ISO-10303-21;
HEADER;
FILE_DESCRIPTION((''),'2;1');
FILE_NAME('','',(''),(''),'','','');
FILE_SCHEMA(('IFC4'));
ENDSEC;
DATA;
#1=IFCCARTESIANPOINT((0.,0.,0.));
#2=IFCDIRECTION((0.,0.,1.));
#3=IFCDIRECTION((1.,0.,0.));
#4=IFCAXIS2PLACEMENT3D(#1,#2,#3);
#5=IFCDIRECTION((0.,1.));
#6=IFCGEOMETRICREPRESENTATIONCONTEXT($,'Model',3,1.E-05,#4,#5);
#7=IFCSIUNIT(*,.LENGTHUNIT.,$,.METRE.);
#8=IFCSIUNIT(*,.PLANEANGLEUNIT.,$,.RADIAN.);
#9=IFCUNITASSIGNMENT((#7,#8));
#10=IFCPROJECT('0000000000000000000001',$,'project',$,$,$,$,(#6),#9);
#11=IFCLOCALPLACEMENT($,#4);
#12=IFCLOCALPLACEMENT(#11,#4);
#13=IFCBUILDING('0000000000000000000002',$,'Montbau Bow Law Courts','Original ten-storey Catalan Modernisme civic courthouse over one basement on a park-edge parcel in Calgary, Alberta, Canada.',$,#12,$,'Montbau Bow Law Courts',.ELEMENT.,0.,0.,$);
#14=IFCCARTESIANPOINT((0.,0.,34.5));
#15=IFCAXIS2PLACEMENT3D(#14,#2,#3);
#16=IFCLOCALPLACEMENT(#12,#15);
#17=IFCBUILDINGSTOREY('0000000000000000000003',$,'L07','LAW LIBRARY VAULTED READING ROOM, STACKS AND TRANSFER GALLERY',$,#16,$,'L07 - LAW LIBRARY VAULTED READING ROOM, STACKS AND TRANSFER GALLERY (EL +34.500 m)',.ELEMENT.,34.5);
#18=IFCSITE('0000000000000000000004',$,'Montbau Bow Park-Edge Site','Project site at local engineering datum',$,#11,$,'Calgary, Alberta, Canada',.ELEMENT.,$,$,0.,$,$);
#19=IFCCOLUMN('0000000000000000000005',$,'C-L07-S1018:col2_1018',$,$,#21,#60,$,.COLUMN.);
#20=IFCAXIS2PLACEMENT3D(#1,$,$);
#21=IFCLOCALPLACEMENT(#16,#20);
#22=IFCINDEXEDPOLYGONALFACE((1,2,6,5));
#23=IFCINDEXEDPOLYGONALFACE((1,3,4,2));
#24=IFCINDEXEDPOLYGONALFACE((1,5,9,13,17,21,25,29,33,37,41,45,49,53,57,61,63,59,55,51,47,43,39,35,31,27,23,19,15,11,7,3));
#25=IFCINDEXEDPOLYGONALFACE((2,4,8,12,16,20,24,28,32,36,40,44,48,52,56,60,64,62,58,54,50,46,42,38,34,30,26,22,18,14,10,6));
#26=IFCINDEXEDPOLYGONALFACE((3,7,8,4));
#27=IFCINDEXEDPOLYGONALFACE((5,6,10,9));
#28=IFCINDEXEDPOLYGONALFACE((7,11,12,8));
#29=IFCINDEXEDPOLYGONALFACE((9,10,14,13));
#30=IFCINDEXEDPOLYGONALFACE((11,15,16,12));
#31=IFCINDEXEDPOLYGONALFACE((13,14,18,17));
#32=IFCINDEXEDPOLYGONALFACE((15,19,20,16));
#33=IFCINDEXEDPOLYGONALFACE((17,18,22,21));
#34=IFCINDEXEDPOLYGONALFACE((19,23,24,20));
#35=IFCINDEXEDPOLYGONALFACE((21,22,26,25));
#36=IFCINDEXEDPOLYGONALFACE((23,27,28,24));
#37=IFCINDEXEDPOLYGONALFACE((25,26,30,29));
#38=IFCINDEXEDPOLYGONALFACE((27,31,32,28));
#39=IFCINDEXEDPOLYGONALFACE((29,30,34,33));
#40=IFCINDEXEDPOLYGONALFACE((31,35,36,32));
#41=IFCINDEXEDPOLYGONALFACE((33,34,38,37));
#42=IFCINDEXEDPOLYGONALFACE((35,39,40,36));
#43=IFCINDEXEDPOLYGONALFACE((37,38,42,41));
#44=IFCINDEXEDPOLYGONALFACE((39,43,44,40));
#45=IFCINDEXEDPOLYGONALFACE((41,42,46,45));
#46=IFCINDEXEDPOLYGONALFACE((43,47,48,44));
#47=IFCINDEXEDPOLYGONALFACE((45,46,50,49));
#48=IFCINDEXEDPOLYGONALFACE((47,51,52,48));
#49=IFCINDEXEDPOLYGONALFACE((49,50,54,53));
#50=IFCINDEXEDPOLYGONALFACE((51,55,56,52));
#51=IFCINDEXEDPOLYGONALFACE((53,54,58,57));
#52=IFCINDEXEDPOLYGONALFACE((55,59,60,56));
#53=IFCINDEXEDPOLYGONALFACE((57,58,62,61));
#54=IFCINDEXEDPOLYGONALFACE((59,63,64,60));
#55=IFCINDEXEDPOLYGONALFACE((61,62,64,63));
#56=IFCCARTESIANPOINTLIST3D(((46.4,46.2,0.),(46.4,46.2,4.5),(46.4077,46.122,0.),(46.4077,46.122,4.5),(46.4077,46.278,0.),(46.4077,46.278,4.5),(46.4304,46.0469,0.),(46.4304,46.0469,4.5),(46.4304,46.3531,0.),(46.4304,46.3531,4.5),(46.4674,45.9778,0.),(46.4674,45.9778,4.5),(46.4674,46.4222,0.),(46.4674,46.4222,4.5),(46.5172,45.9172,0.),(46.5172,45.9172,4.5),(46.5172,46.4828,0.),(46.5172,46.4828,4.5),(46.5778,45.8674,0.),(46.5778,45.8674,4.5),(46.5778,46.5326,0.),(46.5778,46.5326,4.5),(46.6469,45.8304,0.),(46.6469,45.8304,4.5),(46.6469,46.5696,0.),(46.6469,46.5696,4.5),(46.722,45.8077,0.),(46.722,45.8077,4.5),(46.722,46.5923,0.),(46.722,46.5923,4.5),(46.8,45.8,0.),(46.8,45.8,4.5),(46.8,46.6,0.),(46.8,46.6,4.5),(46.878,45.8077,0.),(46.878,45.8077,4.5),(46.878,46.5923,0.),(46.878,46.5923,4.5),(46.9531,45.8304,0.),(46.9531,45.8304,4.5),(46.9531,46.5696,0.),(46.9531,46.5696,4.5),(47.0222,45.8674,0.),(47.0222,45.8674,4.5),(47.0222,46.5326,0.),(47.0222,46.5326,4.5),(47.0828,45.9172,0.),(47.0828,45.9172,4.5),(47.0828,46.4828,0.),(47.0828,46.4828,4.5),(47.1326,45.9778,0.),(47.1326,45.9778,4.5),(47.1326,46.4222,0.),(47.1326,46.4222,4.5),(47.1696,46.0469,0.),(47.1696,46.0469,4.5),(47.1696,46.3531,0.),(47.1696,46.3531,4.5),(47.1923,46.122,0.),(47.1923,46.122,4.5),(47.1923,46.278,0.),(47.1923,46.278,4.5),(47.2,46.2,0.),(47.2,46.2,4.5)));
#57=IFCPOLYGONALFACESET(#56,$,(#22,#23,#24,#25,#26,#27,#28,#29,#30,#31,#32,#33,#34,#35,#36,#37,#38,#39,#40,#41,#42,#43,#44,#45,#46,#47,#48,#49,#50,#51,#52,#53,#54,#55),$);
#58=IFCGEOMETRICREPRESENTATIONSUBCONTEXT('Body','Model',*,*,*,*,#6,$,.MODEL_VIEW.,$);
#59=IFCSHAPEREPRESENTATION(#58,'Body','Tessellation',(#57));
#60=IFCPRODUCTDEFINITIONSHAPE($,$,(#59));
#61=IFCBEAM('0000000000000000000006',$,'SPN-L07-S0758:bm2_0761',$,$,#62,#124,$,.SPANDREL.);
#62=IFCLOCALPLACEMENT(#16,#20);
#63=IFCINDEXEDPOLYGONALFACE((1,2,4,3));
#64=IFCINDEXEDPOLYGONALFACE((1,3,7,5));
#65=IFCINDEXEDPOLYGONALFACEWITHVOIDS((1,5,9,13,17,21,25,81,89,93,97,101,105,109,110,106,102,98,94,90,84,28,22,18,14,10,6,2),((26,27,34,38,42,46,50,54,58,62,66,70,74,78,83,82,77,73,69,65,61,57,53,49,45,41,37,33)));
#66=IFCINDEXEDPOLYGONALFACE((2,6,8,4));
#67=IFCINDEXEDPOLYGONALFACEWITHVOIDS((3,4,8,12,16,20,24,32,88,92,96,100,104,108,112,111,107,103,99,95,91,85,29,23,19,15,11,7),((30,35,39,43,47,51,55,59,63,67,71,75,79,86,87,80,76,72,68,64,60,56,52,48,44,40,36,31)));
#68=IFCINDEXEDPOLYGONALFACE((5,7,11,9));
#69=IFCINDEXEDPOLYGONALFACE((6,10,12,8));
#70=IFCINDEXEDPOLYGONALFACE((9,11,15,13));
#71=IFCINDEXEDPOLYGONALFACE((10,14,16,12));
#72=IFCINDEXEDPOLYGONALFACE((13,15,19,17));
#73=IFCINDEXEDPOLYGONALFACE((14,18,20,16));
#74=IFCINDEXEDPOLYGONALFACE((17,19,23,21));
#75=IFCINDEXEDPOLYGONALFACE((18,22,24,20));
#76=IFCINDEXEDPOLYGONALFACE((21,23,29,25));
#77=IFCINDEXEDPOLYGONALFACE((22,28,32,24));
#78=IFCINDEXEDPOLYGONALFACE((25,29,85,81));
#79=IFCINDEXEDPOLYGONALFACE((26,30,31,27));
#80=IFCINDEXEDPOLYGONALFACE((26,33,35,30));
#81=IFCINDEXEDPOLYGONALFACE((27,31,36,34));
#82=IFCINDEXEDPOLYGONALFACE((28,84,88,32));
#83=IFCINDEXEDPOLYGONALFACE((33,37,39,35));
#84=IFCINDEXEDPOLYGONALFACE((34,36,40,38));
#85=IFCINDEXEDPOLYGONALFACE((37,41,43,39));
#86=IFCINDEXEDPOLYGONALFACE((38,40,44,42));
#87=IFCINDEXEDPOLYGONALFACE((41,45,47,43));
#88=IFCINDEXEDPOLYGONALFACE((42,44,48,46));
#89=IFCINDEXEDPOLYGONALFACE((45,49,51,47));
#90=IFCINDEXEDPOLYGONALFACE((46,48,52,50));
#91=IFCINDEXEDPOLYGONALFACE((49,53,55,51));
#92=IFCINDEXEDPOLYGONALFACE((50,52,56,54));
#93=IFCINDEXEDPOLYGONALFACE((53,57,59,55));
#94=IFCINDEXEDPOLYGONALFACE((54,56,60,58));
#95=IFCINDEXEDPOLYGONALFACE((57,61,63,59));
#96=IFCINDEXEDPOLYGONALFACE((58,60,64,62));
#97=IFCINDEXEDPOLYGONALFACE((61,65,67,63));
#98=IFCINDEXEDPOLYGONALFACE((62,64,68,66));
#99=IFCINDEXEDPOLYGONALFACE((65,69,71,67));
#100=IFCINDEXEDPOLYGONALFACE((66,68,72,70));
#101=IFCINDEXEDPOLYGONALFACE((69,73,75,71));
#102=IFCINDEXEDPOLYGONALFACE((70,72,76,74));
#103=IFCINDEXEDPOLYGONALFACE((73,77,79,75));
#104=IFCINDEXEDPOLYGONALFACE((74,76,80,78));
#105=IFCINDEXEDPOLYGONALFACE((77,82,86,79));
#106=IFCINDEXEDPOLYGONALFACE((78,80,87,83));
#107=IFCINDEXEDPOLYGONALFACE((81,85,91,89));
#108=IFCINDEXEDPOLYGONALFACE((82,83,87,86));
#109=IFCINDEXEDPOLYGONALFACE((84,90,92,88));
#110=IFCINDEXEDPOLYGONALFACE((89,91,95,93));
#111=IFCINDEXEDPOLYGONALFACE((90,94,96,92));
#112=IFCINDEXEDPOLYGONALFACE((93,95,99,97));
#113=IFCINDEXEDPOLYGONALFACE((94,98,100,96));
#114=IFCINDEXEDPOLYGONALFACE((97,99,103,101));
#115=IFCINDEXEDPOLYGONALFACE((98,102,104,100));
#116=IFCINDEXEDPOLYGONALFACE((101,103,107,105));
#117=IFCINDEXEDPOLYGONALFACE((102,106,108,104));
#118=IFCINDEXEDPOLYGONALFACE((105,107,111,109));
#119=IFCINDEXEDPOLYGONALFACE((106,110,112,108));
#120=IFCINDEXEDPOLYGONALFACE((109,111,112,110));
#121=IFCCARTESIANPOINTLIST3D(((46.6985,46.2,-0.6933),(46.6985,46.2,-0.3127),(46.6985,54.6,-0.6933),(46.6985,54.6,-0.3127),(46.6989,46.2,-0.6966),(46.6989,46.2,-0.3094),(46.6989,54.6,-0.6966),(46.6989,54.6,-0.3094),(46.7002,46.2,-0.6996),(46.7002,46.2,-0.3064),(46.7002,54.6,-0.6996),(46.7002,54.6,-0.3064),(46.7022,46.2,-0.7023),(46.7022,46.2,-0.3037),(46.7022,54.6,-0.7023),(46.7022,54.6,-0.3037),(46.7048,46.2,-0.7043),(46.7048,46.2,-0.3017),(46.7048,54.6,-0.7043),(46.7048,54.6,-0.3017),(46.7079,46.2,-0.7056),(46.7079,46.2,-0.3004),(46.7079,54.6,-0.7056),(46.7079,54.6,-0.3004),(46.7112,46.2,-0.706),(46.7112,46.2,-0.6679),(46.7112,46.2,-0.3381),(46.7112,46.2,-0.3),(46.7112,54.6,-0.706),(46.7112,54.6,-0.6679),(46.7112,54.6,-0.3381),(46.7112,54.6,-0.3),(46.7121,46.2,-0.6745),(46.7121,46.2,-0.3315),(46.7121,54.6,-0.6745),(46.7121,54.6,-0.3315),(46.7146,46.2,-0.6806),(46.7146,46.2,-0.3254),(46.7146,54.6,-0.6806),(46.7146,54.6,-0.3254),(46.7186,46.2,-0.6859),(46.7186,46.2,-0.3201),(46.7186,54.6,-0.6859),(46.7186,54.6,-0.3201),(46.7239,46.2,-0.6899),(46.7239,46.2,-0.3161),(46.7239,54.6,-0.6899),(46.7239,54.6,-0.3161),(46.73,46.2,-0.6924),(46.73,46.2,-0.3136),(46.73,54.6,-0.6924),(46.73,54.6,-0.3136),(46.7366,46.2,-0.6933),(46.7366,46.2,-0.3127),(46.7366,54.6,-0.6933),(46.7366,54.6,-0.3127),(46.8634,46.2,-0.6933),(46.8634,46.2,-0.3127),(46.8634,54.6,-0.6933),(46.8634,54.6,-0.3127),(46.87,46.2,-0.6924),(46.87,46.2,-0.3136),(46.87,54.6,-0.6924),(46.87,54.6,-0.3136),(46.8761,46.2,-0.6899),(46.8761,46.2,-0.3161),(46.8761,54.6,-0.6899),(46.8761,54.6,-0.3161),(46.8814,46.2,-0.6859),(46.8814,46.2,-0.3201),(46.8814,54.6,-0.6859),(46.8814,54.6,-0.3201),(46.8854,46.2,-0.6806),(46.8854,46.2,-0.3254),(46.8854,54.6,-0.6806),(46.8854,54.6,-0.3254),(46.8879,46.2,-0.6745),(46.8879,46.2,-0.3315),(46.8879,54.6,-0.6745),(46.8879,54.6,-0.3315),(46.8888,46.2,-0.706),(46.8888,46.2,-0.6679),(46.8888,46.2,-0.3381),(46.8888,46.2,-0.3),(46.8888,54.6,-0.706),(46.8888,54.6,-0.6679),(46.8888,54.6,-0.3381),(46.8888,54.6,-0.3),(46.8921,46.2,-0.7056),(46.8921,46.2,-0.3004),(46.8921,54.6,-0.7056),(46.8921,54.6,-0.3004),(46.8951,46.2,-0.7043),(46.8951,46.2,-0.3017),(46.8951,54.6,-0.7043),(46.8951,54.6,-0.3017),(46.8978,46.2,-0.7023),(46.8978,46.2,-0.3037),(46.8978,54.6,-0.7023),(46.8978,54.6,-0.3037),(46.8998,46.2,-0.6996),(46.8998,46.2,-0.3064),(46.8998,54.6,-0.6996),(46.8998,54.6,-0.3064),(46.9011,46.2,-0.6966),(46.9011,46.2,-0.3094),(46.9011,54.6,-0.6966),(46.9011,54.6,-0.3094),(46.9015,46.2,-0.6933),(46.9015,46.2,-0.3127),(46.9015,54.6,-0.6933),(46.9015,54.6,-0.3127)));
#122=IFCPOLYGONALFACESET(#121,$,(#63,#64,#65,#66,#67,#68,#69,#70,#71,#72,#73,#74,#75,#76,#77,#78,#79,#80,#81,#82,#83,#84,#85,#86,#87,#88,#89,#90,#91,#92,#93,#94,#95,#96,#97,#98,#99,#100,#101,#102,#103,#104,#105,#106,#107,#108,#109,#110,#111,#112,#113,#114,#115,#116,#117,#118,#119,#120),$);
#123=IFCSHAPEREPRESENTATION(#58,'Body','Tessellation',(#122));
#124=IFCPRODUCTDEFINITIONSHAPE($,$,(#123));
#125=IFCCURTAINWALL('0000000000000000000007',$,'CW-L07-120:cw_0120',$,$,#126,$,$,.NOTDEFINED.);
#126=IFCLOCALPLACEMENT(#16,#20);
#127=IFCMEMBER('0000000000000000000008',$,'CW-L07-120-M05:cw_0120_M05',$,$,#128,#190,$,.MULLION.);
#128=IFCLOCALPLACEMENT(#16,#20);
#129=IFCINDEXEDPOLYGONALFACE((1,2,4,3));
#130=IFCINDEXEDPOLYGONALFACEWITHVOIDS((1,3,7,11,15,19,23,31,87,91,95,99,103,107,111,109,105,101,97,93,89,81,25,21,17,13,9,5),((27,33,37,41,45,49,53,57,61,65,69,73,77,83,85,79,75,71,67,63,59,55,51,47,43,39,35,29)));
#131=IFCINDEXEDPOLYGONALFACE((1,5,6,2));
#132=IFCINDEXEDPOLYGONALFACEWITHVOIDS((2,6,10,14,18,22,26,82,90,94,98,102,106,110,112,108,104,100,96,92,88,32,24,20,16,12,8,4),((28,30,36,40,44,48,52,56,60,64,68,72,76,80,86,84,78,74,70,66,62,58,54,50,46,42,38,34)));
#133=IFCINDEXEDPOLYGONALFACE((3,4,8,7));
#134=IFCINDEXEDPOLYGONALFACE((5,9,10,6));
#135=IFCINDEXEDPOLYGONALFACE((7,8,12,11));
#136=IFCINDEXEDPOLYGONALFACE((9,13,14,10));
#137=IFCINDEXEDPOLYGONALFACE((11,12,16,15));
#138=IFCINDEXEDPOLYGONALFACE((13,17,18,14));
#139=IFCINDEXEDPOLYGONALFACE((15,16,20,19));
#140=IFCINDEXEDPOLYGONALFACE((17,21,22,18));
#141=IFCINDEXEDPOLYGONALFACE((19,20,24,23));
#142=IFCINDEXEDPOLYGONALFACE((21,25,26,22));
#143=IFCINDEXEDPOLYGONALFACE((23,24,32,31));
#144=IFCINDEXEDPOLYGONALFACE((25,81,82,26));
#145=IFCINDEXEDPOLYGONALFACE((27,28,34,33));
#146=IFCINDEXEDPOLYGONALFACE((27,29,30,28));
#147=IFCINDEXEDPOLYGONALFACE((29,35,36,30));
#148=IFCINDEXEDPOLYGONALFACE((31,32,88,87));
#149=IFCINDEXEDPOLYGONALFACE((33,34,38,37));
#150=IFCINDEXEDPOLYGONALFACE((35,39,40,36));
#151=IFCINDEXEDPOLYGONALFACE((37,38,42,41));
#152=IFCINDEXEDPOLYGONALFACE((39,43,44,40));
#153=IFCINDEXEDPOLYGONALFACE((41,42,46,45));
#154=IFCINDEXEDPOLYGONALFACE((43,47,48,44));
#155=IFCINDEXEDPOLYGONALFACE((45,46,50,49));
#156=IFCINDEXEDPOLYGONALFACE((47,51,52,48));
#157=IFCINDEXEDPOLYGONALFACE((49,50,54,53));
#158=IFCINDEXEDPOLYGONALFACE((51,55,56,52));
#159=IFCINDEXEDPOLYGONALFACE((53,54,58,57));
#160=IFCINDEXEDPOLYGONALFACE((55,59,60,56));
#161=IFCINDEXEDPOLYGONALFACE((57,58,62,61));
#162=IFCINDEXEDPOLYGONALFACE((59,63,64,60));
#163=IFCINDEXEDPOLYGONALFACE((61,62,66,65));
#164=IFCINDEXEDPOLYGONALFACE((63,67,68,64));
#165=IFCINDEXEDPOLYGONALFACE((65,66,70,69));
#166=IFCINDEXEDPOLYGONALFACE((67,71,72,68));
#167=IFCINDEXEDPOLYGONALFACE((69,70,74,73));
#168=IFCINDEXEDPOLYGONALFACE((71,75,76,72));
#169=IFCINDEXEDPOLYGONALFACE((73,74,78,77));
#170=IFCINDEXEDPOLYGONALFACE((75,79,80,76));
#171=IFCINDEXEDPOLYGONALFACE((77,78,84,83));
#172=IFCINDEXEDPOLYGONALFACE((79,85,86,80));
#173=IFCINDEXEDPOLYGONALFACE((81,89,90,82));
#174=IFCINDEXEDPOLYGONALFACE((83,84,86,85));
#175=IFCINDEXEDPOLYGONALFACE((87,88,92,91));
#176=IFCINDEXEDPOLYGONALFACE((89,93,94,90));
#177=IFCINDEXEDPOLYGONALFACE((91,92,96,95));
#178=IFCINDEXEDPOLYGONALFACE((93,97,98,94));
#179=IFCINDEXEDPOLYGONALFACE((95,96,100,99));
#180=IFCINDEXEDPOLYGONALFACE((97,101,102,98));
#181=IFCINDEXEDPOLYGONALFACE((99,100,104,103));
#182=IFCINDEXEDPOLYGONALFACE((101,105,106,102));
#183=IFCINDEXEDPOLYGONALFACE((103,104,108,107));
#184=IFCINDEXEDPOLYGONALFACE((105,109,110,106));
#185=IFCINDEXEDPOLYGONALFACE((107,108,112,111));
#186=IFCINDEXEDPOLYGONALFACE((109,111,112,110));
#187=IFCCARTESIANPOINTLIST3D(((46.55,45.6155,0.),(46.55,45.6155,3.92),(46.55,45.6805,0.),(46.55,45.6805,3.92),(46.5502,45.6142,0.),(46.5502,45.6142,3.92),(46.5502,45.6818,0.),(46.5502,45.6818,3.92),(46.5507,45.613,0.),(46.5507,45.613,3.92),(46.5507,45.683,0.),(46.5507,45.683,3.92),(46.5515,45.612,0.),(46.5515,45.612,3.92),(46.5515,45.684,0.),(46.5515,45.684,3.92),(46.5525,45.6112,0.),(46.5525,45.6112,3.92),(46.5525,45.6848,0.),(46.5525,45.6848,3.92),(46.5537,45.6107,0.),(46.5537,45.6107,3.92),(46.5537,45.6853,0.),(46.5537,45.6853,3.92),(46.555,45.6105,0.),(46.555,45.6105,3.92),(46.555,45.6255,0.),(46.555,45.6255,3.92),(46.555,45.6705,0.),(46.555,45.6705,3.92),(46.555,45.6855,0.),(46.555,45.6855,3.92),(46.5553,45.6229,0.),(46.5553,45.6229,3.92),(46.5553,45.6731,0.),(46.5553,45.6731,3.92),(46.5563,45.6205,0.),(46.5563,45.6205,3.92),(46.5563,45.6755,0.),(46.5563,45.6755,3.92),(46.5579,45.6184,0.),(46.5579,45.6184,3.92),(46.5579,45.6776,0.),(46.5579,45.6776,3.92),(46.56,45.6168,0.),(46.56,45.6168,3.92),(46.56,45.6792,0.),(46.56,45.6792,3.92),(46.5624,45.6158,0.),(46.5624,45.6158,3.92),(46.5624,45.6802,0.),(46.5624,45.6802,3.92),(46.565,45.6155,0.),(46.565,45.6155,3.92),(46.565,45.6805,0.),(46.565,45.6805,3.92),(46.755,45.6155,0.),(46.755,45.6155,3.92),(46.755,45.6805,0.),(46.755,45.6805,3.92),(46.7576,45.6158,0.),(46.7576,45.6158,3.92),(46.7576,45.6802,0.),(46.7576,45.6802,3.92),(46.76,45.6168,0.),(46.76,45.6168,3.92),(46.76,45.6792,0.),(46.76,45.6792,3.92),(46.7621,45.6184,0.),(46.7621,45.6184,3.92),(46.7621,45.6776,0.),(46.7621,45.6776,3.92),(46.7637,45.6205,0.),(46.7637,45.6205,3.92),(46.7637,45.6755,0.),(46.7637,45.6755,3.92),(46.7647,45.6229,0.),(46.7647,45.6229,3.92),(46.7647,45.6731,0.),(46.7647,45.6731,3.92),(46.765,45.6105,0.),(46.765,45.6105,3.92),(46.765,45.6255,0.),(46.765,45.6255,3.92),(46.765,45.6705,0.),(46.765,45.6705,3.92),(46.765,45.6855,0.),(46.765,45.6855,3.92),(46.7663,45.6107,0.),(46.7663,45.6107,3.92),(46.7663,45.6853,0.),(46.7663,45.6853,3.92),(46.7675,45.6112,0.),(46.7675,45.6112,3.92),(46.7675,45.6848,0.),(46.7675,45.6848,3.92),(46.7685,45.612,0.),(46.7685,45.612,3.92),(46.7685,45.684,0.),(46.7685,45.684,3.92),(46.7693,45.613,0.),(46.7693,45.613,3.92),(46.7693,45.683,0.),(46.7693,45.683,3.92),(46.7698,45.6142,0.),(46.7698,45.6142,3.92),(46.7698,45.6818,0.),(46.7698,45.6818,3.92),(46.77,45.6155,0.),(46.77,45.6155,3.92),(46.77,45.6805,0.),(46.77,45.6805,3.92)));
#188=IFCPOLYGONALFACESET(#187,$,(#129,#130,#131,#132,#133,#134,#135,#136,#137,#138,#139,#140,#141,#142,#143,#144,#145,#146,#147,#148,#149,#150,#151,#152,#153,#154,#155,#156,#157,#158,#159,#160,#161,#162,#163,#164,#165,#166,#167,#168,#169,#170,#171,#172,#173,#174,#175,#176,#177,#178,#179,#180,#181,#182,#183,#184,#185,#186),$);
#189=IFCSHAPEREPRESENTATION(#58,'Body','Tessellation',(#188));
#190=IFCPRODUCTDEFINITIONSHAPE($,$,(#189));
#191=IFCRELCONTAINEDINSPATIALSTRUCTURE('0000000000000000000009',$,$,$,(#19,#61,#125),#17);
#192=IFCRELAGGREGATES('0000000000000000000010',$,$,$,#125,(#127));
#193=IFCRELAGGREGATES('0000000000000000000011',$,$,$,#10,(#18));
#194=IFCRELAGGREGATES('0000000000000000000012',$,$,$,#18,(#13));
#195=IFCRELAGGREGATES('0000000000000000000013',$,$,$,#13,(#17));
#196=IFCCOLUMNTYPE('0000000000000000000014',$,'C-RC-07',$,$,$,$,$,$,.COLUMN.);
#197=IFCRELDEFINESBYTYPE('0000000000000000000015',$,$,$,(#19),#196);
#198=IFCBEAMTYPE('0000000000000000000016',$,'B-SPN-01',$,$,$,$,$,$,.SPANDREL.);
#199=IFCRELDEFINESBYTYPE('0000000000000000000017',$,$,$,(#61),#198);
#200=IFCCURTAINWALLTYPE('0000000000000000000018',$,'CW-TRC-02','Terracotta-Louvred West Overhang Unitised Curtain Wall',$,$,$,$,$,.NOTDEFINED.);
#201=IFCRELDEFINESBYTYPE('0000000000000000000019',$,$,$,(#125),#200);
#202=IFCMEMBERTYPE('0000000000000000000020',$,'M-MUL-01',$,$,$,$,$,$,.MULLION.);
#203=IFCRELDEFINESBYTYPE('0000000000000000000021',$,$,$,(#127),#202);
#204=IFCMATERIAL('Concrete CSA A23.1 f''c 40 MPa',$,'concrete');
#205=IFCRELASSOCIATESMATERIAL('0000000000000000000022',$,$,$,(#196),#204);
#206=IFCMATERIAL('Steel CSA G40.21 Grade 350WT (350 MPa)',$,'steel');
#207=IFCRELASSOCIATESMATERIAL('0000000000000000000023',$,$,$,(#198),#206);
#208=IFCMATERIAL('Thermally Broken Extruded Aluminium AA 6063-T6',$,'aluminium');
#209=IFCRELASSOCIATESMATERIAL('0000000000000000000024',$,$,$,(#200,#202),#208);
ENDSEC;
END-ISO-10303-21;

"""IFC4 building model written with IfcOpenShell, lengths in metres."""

from ifc_helpers import new_model, si_unit, direction, frame, origin_with_axes, origin_2d_with_axis, place, context, subcontext, project, spatial, hollow_rectangle, circle, extrude, material, material_profile, profile_set, type_object, element, aggregate, save


model = new_model("IFC4")

# Units and contexts
model_context = context("Model", 3, precision=1e-05, world=origin_with_axes(), true_north=direction((0.0, 1.0)))
body_context = subcontext(model_context, "Body", "Model", "MODEL_VIEW")
ifc_project = project(units=[si_unit("LENGTHUNIT", "METRE"), si_unit("PLANEANGLEUNIT", "RADIAN")], contexts=[model_context])

# Site, building, storey
site_placement = place(None, origin_with_axes())
site = spatial("IfcSite", under=ifc_project, at=site_placement, Name="Montbau Bow Park-Edge Site", Description="Project site at local engineering datum", LongName="Calgary, Alberta, Canada", CompositionType="ELEMENT", RefElevation=0.0)
building_placement = place(site_placement, origin_with_axes())
building = spatial("IfcBuilding", under=site, at=building_placement, Name="Montbau Bow Law Courts", Description="Original ten-storey Catalan Modernisme civic courthouse over one basement on a park-edge parcel in Calgary, Alberta, Canada.", LongName="Montbau Bow Law Courts", CompositionType="ELEMENT", ElevationOfRefHeight=0.0, ElevationOfTerrain=0.0)
storey_placement = place(building_placement, frame((0.0, 0.0, 34.5), z_axis=(0.0, 0.0, 1.0), x_axis=(1.0, 0.0, 0.0)))
storey = spatial("IfcBuildingStorey", under=building, at=storey_placement, Name="L07", Description="LAW LIBRARY VAULTED READING ROOM, STACKS AND TRANSFER GALLERY", LongName="L07 - LAW LIBRARY VAULTED READING ROOM, STACKS AND TRANSFER GALLERY (EL +34.500 m)", CompositionType="ELEMENT", Elevation=34.5)

# Column
ifc_material_1 = material(Name="Concrete CSA A23.1 f'c 40 MPa", Category="concrete")
ifc_material_profile_1 = material_profile(ifc_material_1, circle(Radius=0.4, at=origin_2d_with_axis()), Name="RC800D", Category="Main", Priority=0)
ifc_profile_set_1 = profile_set([ifc_material_profile_1], Name="Concrete CSA A23.1 f'c 40 MPa")
column_type = type_object("IfcColumnType", Name="C-RC-07", PredefinedType="COLUMN", material=ifc_profile_set_1)
column_placement = place(None, frame((46.8, 46.2, 34.5), z_axis=(0.0, 0.0, 1.0), x_axis=(1.0, 0.0, 0.0)))
element("IfcColumn", 1, at=column_placement, inside=storey, type_object=column_type, Name="C-L07-S1018:col2_1018", PredefinedType="COLUMN", context=body_context, shape_type="SweptSolid", body=[
    extrude(circle(Radius=0.4, at=origin_2d_with_axis()), origin_with_axes(), (0.0, 0.0, 1.0), 4.5),
])

# Beam
ifc_material_2 = material(Name="Steel CSA G40.21 Grade 350WT (350 MPa)", Category="steel")
ifc_material_profile_2 = material_profile(ifc_material_2, hollow_rectangle(XDim=0.203, YDim=0.406, WallThickness=0.0127, InnerFilletRadius=0.0254, OuterFilletRadius=0.0127, at=origin_2d_with_axis()), Name="HSS406X203X13", Category="Main", Priority=0)
ifc_profile_set_2 = profile_set([ifc_material_profile_2], Name="Steel CSA G40.21 Grade 350WT (350 MPa)")
beam_type = type_object("IfcBeamType", Name="B-SPN-01", PredefinedType="SPANDREL", material=ifc_profile_set_2)
beam_placement = place(None, frame((46.8, 46.2, 33.997), z_axis=(0.0, 1.0, 0.0), x_axis=(-1.0, 0.0, 0.0)))
element("IfcBeam", 2, at=beam_placement, inside=storey, type_object=beam_type, Name="SPN-L07-S0758:bm2_0761", PredefinedType="SPANDREL", context=body_context, shape_type="SweptSolid", body=[
    extrude(hollow_rectangle(XDim=0.203, YDim=0.406, WallThickness=0.0127, InnerFilletRadius=0.0254, OuterFilletRadius=0.0127, at=origin_2d_with_axis()), origin_with_axes(), (0.0, 0.0, 1.0), 8.4),
])

# Curtain wall, member
ifc_material_3 = material(Name="Thermally Broken Extruded Aluminium AA 6063-T6", Category="aluminium")
curtain_wall_type = type_object("IfcCurtainWallType", Name="CW-TRC-02", Description="Terracotta-Louvred West Overhang Unitised Curtain Wall", PredefinedType="NOTDEFINED", material=ifc_material_3)
curtain_wall_1_placement = place(None, frame((46.66, 39.44, 34.5), z_axis=(0.0, 0.0, 1.0), x_axis=(1.0, 0.0, 0.0)))
curtain_wall_1 = element("IfcCurtainWall", 3, at=curtain_wall_1_placement, inside=storey, type_object=curtain_wall_type, Name="CW-L07-120:cw_0120", PredefinedType="NOTDEFINED")
ifc_material_profile_3 = material_profile(ifc_material_3, hollow_rectangle(XDim=0.075, YDim=0.22, WallThickness=0.005, InnerFilletRadius=0.01, OuterFilletRadius=0.005, at=origin_2d_with_axis()), Name="CWM-220X75", Category="Main", Priority=0)
ifc_profile_set_3 = profile_set([ifc_material_profile_3], Name="Thermally Broken Extruded Aluminium AA 6063-T6")
member_type_1 = type_object("IfcMemberType", Name="M-MUL-01", PredefinedType="MULLION", material=ifc_profile_set_3)
member_1_placement = place(None, frame((46.66, 45.648, 34.5), z_axis=(0.0, 0.0, 1.0), x_axis=(0.0, 1.0, 0.0)))
member_1 = element("IfcMember", 4, at=member_1_placement, type_object=member_type_1, Name="CW-L07-120-M05:cw_0120_M05", PredefinedType="MULLION", context=body_context, shape_type="SweptSolid", body=[
    extrude(hollow_rectangle(XDim=0.075, YDim=0.22, WallThickness=0.005, InnerFilletRadius=0.01, OuterFilletRadius=0.005, at=origin_2d_with_axis()), origin_with_axes(), (0.0, 0.0, 1.0), 3.92),
])

aggregate(curtain_wall_1, [member_1])

save(model, "model.ifc")
